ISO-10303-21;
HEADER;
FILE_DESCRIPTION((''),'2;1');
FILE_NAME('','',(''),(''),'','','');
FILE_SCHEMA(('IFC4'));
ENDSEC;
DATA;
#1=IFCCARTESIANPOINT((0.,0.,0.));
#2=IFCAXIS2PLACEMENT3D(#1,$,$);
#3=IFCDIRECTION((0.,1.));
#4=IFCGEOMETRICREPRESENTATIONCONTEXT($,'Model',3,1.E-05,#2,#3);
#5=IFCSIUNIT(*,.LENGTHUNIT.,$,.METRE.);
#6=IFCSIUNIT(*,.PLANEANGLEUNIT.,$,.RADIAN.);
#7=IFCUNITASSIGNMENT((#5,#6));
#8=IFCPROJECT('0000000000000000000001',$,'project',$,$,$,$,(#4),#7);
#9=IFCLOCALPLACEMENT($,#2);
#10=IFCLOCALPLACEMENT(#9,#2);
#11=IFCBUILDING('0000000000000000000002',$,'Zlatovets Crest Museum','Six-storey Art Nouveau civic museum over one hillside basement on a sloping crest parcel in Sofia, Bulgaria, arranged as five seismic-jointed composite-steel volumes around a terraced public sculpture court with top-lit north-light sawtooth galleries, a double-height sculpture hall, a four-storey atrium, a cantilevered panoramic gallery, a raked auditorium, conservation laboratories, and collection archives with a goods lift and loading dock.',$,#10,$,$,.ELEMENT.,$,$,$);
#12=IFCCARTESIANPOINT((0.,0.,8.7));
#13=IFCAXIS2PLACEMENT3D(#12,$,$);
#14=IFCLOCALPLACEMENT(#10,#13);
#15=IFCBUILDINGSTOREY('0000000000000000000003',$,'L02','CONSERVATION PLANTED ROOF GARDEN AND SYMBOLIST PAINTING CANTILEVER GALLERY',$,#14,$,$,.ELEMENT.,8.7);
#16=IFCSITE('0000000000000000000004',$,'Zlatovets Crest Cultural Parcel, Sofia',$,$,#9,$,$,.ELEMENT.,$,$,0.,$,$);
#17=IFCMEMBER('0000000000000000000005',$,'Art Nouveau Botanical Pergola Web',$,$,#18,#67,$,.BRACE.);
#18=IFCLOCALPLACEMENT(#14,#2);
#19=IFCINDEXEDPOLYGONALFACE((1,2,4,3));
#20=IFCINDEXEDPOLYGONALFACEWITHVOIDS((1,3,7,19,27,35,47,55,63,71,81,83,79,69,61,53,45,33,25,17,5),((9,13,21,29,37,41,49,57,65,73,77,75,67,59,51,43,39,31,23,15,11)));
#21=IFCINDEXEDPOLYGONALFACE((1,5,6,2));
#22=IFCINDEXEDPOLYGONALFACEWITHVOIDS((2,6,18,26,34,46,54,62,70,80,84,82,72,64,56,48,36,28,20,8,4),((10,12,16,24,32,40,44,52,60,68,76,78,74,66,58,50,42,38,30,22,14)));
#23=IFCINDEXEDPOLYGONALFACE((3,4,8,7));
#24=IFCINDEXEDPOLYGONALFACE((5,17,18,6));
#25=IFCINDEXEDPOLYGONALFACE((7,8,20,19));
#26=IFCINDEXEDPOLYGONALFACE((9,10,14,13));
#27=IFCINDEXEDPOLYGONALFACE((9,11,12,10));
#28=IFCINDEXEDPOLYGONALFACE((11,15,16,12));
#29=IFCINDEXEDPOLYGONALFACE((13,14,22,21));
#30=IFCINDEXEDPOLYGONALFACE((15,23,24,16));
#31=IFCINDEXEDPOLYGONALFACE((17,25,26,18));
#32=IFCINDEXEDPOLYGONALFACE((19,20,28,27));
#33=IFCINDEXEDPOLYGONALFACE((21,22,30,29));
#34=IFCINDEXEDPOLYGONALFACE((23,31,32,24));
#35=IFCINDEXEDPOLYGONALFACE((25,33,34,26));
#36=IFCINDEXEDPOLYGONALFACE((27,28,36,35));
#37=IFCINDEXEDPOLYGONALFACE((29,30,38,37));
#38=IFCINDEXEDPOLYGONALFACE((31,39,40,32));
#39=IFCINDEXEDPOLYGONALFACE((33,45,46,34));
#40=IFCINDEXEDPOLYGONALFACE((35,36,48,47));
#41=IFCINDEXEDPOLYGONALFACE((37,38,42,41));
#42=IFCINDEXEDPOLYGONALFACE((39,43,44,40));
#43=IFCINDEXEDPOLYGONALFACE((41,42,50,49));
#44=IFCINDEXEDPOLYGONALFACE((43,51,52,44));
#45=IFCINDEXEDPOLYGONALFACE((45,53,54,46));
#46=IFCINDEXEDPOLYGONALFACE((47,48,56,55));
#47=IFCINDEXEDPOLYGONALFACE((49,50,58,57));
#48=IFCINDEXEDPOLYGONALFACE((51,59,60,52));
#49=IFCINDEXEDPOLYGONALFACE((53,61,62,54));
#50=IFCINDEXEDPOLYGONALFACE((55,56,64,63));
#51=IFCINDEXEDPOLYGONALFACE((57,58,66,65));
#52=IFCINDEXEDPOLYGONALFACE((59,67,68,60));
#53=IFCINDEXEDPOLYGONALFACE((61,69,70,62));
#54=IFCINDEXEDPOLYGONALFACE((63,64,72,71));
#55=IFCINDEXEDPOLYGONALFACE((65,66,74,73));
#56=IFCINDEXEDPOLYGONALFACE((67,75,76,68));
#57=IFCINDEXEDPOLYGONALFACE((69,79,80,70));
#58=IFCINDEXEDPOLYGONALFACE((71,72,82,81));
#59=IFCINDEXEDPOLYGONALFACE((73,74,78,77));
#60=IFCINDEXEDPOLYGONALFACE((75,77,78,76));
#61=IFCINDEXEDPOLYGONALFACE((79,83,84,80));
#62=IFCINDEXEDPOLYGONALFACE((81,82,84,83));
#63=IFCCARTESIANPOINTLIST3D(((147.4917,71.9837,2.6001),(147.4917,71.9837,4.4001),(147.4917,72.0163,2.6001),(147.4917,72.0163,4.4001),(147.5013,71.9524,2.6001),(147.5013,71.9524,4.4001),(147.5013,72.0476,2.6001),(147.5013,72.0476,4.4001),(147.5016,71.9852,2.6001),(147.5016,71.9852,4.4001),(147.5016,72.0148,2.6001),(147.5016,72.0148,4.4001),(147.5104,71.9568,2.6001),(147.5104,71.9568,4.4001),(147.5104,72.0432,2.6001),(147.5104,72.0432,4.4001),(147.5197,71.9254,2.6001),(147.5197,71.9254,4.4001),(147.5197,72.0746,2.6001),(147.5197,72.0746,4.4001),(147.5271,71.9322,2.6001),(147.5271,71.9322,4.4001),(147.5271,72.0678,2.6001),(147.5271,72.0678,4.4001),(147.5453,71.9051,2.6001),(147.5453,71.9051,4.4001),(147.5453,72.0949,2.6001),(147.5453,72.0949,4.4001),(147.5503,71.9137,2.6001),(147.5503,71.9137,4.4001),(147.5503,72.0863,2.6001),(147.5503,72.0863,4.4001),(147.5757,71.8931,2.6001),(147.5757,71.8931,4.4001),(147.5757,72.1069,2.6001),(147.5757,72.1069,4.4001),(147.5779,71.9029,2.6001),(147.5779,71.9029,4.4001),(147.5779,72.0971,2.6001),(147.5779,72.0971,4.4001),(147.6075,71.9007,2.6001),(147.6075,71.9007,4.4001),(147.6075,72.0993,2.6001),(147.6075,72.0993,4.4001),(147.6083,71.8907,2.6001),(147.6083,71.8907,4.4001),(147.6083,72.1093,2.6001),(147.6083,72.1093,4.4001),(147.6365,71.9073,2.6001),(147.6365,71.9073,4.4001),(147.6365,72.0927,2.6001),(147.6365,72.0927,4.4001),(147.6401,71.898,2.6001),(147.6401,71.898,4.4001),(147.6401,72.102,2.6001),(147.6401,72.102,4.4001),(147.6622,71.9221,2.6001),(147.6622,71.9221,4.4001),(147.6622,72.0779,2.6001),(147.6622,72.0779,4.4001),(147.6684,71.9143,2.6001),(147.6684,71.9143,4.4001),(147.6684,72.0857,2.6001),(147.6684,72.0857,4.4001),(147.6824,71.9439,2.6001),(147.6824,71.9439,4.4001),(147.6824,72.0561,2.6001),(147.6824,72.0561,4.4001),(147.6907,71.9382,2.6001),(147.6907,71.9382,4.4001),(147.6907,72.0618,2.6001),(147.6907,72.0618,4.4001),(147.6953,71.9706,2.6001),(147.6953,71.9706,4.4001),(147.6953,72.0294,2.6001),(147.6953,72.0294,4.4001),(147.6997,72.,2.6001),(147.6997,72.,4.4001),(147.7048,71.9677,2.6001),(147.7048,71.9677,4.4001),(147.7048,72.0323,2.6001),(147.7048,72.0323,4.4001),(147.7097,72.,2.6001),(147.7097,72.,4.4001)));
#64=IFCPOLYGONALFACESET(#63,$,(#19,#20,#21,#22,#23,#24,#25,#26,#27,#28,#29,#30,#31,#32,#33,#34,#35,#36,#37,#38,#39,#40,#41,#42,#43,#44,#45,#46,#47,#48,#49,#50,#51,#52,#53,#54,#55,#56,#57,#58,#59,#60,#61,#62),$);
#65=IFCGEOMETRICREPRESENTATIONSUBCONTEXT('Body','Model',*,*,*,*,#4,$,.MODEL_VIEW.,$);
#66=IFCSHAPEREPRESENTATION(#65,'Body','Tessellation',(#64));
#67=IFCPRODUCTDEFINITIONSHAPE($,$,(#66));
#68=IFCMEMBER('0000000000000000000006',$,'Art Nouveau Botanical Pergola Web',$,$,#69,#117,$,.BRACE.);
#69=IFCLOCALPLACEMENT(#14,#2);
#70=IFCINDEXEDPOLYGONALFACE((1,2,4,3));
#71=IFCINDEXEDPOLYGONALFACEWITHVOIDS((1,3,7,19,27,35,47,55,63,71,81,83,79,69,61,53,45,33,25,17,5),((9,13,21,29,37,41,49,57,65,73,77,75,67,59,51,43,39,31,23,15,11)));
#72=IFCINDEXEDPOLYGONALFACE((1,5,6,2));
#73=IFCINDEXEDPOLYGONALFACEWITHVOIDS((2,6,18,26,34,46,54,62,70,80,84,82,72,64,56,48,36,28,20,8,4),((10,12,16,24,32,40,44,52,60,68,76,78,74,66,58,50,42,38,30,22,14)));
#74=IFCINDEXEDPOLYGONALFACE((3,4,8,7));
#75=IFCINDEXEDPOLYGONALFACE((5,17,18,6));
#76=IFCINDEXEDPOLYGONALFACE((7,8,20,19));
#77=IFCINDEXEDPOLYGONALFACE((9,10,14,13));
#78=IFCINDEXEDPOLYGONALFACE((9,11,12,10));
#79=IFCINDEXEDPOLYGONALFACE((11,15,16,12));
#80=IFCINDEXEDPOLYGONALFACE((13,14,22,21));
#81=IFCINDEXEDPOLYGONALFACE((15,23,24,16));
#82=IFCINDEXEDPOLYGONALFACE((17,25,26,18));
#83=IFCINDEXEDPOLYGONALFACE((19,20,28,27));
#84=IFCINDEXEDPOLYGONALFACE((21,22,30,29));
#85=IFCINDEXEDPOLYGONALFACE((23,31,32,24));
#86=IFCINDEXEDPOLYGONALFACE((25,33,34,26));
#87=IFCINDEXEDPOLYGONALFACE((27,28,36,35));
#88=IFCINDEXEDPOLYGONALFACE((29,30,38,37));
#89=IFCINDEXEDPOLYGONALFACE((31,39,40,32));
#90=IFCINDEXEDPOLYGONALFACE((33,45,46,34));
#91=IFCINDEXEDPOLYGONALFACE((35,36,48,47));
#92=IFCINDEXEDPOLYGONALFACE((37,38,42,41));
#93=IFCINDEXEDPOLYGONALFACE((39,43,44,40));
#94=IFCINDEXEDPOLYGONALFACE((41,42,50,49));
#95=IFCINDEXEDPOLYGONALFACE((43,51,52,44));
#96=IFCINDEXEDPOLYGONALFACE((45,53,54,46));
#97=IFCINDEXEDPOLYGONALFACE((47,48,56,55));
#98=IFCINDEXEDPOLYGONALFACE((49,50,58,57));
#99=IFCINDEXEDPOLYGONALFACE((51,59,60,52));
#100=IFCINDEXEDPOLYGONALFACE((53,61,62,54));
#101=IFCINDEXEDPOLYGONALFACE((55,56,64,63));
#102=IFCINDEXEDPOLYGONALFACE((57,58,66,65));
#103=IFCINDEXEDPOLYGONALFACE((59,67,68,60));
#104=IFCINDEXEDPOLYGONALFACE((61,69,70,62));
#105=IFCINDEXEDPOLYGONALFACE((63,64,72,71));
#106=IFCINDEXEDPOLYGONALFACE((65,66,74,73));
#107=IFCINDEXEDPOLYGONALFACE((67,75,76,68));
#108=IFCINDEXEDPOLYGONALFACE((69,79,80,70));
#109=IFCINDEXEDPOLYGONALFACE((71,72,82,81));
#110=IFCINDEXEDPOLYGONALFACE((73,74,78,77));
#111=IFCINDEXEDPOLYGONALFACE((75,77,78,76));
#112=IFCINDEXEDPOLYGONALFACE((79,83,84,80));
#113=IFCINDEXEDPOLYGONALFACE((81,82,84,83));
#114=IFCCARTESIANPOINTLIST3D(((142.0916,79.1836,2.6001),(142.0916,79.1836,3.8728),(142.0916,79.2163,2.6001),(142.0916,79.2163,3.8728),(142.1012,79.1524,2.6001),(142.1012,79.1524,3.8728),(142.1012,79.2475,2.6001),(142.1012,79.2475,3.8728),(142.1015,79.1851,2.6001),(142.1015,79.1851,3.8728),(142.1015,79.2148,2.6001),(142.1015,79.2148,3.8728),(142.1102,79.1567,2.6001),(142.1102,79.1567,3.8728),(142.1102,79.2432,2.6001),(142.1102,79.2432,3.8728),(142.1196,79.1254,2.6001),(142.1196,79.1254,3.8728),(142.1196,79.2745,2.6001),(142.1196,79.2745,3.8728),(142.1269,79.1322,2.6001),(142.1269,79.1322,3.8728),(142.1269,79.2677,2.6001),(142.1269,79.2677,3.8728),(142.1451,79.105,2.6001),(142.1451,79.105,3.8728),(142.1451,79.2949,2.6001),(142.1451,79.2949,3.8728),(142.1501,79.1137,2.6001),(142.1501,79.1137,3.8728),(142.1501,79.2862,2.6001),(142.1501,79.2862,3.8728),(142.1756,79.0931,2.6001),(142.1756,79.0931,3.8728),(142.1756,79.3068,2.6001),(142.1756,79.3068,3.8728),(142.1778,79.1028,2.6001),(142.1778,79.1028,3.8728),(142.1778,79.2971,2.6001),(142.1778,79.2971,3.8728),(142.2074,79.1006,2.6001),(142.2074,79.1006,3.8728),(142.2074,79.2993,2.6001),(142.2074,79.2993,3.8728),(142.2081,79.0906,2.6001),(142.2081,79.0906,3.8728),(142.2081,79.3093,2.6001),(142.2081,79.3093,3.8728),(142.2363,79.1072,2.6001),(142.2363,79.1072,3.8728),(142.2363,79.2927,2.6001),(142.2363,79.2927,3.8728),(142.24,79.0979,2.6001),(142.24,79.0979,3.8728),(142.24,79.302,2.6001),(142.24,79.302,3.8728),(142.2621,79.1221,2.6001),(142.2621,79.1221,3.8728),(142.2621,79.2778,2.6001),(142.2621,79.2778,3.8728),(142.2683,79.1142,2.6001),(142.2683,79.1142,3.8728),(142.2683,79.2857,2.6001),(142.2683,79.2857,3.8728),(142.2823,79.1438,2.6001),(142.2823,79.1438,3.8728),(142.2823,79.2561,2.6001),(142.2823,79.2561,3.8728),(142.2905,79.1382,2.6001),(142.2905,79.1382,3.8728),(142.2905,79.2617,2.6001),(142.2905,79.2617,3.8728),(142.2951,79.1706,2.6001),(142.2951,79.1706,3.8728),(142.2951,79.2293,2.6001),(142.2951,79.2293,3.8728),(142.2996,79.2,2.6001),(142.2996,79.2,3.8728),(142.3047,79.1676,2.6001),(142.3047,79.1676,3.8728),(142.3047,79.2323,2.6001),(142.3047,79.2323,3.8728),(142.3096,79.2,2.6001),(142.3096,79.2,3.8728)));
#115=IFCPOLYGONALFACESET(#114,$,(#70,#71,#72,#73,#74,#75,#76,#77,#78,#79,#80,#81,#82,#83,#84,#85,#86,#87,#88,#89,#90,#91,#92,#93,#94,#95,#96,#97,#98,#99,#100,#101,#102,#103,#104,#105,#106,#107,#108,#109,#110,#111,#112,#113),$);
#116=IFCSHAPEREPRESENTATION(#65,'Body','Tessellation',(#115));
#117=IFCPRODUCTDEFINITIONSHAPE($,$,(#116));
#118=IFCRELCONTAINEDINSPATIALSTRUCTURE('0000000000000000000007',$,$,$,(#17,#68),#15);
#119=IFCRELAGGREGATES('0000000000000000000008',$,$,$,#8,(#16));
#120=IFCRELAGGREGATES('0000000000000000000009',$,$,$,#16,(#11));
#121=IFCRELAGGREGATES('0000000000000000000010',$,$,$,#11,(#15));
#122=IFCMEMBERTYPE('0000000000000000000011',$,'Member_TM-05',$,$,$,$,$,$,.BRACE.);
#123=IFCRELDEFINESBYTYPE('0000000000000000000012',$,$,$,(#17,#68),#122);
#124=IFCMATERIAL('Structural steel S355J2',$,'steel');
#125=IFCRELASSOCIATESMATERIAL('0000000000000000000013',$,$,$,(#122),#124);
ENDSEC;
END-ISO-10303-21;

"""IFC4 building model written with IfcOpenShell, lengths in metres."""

from ifc_helpers import new_model, si_unit, direction, frame, origin, origin_2d, place, context, subcontext, project, spatial, hollow_circle, extrude, material, material_profile, profile_set, type_object, element, save


model = new_model("IFC4")

# Units and contexts
model_context = context("Model", 3, precision=1e-05, world=origin(), true_north=direction((0.0, 1.0)))
body_context = subcontext(model_context, "Body", "Model", "MODEL_VIEW")
ifc_project = project(units=[si_unit("LENGTHUNIT", "METRE"), si_unit("PLANEANGLEUNIT", "RADIAN")], contexts=[model_context])

# Site, building, storey
site_placement = place(None, origin())
site = spatial("IfcSite", under=ifc_project, at=site_placement, Name="Zlatovets Crest Cultural Parcel, Sofia", CompositionType="ELEMENT", RefElevation=0.0)
building_placement = place(site_placement, origin())
building = spatial("IfcBuilding", under=site, at=building_placement, Name="Zlatovets Crest Museum", Description="Six-storey Art Nouveau civic museum over one hillside basement on a sloping crest parcel in Sofia, Bulgaria, arranged as five seismic-jointed composite-steel volumes around a terraced public sculpture court with top-lit north-light sawtooth galleries, a double-height sculpture hall, a four-storey atrium, a cantilevered panoramic gallery, a raked auditorium, conservation laboratories, and collection archives with a goods lift and loading dock.", CompositionType="ELEMENT")
storey_placement = place(building_placement, frame((0.0, 0.0, 8.7)))
storey = spatial("IfcBuildingStorey", under=building, at=storey_placement, Name="L02", Description="CONSERVATION PLANTED ROOF GARDEN AND SYMBOLIST PAINTING CANTILEVER GALLERY", CompositionType="ELEMENT", Elevation=8.7)

# Shared definitions
ifc_material = material(Name="Structural steel S355J2", Category="steel")

# Members
ifc_material_profile_1 = material_profile(ifc_material, hollow_circle(Radius=0.1096, WallThickness=0.01, at=origin_2d()), Name="CHS 219.1x10.0")
ifc_profile_set_1 = profile_set([ifc_material_profile_1], Name="Structural steel S355J2")
member_type_1 = type_object("IfcMemberType", Name="Member_TM-05", PredefinedType="BRACE", material=ifc_profile_set_1)
member_1_placement = place(storey_placement, frame((147.6001, 72.0, 2.6001), z_axis=(0.0, 0.0, 1.0), x_axis=(1.0, 0.0, 0.0)))
element("IfcMember", 1, at=member_1_placement, inside=storey, type_object=member_type_1, Name="Art Nouveau Botanical Pergola Web", PredefinedType="BRACE", context=body_context, shape_type="SweptSolid", body=[
    extrude(hollow_circle(Radius=0.1096, WallThickness=0.01, at=origin_2d()), origin(), (0.0, 0.0, 1.0), 1.8),
])
member_2_placement = place(storey_placement, frame((142.2, 79.2, 2.6001), z_axis=(0.0, 0.0, 1.0), x_axis=(1.0, 0.0, 0.0)))
element("IfcMember", 2, at=member_2_placement, inside=storey, type_object=member_type_1, Name="Art Nouveau Botanical Pergola Web", PredefinedType="BRACE", context=body_context, shape_type="SweptSolid", body=[
    extrude(hollow_circle(Radius=0.1096, WallThickness=0.01, at=origin_2d()), origin(), (0.0, 0.0, 1.0), 1.2727),
])

save(model, "model.ifc")
